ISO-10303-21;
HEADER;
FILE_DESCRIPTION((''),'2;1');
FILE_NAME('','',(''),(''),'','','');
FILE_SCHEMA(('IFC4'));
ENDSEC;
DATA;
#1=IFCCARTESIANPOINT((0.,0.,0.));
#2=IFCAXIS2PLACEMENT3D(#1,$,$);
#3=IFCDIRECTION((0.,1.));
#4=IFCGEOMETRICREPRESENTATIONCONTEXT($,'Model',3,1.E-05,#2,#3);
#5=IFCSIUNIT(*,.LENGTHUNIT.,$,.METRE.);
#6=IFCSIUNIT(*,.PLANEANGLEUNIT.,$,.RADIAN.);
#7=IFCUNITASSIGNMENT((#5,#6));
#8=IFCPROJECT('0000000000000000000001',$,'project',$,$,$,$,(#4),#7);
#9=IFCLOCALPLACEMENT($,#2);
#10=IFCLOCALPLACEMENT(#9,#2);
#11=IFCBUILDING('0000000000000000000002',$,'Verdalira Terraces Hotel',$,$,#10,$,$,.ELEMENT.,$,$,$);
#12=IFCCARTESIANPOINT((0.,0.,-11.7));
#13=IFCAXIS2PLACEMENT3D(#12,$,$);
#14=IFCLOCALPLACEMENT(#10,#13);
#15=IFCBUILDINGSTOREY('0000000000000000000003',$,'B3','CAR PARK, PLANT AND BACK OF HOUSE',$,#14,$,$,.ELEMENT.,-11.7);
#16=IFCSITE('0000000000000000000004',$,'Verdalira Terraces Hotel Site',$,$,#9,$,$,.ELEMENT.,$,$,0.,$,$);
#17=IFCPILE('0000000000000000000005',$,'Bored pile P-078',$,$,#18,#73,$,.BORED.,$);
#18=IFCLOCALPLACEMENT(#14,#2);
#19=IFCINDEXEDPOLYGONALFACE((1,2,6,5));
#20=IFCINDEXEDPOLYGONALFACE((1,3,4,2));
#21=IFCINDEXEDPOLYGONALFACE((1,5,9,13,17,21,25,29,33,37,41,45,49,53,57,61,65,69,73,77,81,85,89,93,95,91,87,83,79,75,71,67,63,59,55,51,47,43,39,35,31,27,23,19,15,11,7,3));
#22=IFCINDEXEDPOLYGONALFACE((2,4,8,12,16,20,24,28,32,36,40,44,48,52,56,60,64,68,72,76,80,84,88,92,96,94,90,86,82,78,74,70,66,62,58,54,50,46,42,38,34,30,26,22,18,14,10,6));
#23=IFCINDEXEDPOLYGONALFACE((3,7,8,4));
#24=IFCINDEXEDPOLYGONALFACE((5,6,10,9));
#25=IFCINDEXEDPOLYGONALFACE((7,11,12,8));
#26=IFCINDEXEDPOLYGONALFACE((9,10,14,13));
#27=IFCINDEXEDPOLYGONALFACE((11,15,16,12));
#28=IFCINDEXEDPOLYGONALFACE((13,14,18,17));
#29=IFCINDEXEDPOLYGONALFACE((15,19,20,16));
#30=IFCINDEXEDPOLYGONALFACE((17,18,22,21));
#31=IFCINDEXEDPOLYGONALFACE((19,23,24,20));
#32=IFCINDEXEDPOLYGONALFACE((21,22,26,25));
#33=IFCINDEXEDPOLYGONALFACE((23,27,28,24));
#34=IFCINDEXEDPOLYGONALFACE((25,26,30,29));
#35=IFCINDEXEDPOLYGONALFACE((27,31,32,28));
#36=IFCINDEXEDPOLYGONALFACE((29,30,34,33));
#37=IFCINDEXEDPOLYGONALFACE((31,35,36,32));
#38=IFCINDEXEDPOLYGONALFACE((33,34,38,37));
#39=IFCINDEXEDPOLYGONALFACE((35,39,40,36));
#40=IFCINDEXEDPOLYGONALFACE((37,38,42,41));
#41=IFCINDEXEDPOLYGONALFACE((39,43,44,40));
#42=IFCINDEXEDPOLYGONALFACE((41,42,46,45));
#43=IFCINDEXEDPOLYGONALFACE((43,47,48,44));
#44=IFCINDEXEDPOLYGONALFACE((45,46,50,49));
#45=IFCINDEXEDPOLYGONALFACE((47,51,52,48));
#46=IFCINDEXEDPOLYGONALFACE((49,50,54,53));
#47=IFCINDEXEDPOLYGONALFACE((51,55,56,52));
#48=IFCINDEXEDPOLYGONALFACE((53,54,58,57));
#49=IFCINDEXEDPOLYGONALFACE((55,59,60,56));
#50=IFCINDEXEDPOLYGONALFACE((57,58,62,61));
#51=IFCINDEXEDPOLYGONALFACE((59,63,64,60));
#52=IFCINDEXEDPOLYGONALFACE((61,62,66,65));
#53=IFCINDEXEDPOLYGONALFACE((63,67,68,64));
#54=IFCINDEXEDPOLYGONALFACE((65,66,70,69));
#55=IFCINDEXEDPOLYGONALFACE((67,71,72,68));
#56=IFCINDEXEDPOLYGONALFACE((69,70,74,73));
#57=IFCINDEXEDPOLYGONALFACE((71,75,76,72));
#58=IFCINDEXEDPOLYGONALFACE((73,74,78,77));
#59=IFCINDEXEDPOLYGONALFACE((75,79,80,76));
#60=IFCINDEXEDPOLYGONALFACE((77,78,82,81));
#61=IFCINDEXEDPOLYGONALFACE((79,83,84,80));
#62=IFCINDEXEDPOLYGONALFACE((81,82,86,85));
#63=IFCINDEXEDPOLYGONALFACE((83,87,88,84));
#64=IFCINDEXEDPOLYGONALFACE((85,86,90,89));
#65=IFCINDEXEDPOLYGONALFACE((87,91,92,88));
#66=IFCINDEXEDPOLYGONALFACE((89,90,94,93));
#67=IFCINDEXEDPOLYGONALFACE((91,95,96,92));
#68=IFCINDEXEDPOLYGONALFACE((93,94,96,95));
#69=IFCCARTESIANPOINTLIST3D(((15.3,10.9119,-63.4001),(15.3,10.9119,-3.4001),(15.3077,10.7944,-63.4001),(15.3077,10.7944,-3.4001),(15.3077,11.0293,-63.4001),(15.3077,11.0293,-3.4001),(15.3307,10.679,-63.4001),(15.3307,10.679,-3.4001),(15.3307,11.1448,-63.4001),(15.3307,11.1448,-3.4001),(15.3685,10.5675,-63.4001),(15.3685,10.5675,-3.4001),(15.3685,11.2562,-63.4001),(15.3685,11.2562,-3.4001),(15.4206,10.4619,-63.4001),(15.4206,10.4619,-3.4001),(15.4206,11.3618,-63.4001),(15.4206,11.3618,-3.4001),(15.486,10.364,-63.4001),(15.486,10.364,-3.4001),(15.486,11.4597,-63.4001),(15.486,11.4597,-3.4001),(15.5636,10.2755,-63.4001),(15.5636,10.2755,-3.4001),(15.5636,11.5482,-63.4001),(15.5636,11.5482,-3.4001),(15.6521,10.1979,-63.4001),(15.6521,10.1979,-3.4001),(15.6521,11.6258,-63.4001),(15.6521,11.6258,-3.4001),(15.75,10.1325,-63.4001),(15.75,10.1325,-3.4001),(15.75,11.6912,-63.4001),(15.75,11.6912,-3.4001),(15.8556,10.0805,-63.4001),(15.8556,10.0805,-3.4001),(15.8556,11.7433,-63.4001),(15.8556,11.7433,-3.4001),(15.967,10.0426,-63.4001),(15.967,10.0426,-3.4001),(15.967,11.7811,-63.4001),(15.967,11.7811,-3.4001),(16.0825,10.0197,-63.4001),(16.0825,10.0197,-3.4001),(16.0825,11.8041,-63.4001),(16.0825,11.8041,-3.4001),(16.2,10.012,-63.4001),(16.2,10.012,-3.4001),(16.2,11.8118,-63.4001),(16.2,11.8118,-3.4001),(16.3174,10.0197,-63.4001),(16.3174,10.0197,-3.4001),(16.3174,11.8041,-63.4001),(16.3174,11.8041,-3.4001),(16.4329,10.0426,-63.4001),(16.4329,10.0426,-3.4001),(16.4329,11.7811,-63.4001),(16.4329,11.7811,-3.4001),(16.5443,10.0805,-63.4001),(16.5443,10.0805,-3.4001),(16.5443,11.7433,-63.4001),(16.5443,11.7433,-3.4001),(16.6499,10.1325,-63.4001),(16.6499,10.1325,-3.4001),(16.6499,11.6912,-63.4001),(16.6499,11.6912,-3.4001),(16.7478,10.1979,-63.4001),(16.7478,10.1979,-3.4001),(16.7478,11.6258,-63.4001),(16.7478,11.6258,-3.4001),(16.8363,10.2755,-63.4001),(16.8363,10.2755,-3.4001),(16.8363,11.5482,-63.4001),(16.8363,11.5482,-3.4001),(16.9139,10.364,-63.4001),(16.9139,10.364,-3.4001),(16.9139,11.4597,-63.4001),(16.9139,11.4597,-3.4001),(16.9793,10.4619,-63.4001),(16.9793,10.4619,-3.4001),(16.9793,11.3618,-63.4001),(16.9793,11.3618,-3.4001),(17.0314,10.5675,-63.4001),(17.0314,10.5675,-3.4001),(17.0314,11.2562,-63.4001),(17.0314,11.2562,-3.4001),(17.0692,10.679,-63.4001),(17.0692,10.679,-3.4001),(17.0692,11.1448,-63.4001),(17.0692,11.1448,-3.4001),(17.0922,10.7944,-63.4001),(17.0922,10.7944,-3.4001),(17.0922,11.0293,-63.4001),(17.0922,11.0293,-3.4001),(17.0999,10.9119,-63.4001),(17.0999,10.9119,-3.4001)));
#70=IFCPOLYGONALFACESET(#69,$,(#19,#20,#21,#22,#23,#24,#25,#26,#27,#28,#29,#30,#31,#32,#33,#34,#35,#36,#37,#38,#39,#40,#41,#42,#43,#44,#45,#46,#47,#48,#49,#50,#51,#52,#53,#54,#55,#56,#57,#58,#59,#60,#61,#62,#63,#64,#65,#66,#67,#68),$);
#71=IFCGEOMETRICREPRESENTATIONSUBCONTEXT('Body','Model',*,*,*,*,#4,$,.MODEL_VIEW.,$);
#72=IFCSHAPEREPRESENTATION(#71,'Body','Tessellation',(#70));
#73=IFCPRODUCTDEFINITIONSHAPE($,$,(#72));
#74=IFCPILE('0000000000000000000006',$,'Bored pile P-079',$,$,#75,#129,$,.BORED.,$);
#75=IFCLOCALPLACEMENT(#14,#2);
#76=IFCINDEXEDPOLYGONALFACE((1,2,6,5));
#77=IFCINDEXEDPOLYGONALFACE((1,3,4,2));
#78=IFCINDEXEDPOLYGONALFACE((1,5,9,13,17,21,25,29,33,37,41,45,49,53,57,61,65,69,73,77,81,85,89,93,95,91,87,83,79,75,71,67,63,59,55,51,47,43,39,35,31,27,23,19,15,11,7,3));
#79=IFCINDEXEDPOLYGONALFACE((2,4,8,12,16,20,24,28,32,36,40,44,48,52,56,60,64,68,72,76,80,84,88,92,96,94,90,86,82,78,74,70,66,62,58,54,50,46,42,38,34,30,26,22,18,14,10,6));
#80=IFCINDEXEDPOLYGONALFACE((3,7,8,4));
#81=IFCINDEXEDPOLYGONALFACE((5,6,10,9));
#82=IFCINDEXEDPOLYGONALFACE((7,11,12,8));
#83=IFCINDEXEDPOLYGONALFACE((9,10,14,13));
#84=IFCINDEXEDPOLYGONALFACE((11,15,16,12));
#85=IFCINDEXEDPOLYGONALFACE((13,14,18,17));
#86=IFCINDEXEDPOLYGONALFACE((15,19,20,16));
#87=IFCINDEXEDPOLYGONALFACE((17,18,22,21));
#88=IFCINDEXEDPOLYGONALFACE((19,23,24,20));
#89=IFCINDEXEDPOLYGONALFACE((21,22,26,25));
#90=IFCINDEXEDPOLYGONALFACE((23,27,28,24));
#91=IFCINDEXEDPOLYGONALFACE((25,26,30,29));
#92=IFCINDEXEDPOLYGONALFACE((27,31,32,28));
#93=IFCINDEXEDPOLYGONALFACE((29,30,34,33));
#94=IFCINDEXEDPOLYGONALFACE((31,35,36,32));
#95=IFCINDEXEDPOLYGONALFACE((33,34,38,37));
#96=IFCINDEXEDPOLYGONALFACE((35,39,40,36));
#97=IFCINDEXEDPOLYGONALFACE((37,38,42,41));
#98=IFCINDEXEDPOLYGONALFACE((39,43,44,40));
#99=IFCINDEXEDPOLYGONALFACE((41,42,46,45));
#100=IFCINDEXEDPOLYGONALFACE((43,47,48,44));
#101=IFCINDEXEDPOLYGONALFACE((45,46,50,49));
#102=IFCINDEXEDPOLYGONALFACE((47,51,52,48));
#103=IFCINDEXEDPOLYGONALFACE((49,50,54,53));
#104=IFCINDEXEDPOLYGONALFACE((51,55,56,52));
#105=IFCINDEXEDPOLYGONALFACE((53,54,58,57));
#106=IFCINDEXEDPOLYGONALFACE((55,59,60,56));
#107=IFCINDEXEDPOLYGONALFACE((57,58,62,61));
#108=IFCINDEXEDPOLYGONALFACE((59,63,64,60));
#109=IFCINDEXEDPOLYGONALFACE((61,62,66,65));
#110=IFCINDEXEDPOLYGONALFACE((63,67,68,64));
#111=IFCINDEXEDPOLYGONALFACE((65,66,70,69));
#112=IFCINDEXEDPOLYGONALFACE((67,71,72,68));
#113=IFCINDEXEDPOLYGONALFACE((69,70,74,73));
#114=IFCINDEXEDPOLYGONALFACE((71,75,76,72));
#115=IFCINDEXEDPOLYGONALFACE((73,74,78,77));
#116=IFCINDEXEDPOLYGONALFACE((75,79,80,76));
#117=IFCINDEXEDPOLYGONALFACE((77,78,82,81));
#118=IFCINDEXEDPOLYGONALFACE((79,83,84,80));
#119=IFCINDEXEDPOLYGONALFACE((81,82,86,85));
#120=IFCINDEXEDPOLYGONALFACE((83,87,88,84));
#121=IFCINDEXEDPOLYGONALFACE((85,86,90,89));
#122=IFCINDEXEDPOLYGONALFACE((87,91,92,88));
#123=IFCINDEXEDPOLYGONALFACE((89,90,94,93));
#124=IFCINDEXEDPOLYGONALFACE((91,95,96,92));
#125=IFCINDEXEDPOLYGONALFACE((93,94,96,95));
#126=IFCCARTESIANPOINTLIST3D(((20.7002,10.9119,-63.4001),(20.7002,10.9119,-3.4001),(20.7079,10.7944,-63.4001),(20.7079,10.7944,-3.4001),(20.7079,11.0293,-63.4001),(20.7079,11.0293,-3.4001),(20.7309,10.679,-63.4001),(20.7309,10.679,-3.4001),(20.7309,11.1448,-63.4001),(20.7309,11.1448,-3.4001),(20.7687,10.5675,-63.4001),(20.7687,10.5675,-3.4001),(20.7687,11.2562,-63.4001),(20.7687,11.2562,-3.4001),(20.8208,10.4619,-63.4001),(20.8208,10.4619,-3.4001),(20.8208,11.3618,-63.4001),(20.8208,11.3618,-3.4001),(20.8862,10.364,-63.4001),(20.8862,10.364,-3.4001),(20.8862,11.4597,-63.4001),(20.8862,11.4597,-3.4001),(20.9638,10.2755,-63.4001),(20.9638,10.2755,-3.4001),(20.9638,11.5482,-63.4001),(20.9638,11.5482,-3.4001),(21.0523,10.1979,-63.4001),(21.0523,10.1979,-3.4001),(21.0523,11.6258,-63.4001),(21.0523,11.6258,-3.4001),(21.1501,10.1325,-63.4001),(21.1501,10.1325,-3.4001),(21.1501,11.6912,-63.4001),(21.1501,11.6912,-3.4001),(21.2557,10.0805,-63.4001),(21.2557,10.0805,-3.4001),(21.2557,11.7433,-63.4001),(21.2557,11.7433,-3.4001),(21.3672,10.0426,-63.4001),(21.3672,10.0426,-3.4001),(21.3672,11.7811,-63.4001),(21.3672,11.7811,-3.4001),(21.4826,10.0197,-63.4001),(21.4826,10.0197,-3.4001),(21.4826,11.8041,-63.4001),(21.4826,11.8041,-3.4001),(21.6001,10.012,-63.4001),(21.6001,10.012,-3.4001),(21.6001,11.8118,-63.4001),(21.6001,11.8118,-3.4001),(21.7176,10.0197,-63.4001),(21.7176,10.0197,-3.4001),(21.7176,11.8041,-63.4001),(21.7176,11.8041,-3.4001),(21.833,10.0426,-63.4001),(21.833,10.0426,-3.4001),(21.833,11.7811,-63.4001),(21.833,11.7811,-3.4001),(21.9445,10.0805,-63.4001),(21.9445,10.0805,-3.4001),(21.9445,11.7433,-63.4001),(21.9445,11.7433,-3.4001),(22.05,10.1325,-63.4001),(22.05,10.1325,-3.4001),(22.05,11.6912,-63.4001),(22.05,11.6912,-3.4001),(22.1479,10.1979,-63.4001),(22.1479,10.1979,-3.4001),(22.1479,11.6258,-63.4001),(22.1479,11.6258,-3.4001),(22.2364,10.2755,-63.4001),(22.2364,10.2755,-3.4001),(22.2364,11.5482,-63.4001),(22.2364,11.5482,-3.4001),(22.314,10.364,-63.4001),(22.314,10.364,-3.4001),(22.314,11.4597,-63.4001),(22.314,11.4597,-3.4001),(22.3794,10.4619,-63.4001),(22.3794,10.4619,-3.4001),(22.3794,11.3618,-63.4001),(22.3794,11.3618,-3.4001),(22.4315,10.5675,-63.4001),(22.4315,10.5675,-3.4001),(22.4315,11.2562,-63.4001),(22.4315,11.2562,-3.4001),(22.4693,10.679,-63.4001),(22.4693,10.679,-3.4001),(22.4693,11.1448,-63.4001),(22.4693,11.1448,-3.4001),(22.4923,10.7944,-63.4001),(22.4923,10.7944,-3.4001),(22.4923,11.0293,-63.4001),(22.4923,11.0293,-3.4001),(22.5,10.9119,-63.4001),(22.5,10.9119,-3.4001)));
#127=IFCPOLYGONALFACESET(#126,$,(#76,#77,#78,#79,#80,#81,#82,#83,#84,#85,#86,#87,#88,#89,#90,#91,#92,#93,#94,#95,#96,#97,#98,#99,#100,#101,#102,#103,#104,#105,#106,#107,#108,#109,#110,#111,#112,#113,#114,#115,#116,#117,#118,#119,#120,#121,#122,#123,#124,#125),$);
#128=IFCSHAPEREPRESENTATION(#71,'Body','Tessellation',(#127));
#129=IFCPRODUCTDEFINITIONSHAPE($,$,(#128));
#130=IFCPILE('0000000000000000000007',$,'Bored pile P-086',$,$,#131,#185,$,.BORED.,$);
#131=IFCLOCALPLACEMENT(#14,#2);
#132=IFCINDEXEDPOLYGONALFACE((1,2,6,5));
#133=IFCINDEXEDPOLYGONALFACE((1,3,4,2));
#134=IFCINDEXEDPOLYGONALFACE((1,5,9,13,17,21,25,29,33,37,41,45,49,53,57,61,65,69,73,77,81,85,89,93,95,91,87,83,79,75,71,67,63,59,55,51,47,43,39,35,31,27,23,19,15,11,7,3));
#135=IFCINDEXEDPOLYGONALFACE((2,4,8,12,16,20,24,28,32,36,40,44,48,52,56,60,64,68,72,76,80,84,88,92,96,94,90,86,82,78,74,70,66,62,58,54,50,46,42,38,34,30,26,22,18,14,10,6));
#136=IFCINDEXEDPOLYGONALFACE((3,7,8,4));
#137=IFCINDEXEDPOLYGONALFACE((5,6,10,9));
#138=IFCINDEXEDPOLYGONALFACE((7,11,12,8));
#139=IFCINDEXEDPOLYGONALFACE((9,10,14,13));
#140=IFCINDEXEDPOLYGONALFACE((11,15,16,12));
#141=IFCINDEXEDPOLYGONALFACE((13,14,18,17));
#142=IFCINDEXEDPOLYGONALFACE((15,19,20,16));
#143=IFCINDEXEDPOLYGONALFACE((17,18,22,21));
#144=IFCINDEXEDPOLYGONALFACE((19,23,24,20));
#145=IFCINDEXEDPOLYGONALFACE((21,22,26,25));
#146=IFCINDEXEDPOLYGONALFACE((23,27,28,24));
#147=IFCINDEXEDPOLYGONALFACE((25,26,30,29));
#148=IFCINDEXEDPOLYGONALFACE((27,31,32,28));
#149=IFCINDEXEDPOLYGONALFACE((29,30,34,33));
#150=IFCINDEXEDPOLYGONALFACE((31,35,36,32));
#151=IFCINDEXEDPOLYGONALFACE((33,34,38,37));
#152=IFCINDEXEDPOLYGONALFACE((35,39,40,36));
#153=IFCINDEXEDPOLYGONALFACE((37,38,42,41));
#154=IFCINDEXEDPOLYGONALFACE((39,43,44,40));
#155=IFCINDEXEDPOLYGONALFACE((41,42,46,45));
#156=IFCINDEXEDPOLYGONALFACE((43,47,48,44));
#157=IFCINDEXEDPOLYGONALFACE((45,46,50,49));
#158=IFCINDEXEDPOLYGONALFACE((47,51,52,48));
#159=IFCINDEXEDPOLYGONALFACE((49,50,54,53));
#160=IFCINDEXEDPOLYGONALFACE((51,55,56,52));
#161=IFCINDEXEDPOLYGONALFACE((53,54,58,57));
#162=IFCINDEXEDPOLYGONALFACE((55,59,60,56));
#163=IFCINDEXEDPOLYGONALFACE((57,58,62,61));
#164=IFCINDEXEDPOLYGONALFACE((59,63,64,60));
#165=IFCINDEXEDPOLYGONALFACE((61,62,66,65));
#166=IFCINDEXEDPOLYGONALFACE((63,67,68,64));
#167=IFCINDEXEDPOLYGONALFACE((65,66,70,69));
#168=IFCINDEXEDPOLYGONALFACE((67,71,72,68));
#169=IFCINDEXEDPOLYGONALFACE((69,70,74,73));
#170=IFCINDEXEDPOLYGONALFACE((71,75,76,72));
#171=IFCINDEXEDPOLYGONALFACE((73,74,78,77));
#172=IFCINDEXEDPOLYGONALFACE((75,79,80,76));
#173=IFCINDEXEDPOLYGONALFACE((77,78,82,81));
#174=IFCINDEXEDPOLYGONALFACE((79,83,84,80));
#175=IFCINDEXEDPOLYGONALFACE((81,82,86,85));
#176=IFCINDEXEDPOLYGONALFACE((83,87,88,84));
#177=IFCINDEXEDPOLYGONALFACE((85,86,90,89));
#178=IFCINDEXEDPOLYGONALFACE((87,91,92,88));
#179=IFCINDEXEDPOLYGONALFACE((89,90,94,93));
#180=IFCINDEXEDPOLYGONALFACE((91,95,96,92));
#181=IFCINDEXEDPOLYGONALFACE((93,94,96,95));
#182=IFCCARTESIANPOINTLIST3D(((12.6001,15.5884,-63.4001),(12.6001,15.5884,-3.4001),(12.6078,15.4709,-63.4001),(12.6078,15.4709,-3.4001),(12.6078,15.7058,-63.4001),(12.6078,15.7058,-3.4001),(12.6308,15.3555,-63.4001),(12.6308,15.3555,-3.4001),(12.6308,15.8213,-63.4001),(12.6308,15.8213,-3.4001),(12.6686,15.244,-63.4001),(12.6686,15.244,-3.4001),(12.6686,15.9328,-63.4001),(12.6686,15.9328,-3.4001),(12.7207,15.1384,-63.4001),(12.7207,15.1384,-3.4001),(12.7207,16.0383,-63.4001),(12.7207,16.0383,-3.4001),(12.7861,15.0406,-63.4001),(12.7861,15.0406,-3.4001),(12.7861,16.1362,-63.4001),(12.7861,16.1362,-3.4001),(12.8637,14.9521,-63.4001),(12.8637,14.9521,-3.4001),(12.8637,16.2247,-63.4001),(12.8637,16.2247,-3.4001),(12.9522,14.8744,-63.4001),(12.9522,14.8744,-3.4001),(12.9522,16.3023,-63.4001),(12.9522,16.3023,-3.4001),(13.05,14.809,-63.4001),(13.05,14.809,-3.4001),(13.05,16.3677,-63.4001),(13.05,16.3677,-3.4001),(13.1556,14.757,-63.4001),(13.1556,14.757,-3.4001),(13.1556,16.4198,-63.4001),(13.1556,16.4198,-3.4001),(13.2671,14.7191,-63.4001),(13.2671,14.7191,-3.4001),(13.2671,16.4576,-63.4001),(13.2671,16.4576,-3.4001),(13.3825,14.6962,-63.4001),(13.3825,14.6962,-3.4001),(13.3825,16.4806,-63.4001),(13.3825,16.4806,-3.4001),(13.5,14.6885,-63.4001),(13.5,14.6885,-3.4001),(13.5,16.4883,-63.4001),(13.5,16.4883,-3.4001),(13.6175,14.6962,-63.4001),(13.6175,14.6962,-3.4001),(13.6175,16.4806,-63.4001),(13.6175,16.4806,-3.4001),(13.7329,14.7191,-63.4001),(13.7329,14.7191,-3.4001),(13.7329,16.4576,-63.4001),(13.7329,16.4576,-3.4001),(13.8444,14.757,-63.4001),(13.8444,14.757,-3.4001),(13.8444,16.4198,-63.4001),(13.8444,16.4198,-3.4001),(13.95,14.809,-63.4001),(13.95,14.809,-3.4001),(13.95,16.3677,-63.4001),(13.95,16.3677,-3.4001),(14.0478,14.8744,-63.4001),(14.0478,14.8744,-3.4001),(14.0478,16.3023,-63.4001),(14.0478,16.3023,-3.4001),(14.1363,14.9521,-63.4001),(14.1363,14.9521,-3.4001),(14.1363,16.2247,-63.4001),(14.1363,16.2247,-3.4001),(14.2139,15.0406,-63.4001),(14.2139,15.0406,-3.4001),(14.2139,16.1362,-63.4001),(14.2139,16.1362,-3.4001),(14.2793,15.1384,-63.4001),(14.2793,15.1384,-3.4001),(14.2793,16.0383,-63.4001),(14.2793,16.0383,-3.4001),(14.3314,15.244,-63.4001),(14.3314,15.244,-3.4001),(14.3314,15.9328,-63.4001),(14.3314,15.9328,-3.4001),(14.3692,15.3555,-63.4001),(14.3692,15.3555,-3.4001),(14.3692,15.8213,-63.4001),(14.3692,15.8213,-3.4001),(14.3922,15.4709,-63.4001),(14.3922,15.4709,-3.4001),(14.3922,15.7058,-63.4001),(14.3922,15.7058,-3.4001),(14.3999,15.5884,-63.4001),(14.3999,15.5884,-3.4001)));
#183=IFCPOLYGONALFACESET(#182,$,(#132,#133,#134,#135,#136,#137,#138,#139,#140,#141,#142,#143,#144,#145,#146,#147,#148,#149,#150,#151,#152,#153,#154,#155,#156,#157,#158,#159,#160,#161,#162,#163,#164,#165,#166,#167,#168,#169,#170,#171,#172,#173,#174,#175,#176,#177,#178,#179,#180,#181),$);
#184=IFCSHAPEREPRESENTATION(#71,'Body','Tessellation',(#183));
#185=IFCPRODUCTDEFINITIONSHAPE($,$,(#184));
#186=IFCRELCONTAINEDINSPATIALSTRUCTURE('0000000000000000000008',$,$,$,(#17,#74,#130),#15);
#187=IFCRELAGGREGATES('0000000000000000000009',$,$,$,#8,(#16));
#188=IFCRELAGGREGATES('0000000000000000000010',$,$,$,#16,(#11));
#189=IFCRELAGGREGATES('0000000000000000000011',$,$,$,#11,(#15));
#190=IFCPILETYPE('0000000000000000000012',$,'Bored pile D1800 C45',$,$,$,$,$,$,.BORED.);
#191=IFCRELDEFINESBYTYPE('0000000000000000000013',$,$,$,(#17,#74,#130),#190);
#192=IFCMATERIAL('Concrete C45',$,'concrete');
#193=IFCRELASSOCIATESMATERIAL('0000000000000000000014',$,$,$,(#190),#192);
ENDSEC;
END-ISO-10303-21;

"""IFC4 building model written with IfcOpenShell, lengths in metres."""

from ifc_helpers import new_model, si_unit, direction, frame, origin, origin_2d, place, context, subcontext, project, spatial, circle, extrude, material, material_profile, profile_set, type_object, element, save


model = new_model("IFC4")

# Units and contexts
model_context = context("Model", 3, precision=1e-05, world=origin(), true_north=direction((0.0, 1.0)))
body_context = subcontext(model_context, "Body", "Model", "MODEL_VIEW")
ifc_project = project(units=[si_unit("LENGTHUNIT", "METRE"), si_unit("PLANEANGLEUNIT", "RADIAN")], contexts=[model_context])

# Site, building, storey
site_placement = place(None, origin())
site = spatial("IfcSite", under=ifc_project, at=site_placement, Name="Verdalira Terraces Hotel Site", CompositionType="ELEMENT", RefElevation=0.0)
building_placement = place(site_placement, origin())
building = spatial("IfcBuilding", under=site, at=building_placement, Name="Verdalira Terraces Hotel", CompositionType="ELEMENT")
storey_placement = place(building_placement, frame((0.0, 0.0, -11.7)))
storey = spatial("IfcBuildingStorey", under=building, at=storey_placement, Name="B3", Description="CAR PARK, PLANT AND BACK OF HOUSE", CompositionType="ELEMENT", Elevation=-11.7)

# Piles
ifc_material_1 = material(Name="Concrete C45", Category="concrete")
ifc_material_profile_1 = material_profile(ifc_material_1, circle(Radius=0.8999, at=origin_2d()), Name="D1800")
ifc_profile_set_1 = profile_set([ifc_material_profile_1], Name="Concrete C45")
pile_type = type_object("IfcPileType", Name="Bored pile D1800 C45", PredefinedType="BORED", material=ifc_profile_set_1)
for number, where, z_axis, x_axis, name in (
    (1, (16.2, 10.9119, -3.4001), (0.0, 0.0, -1.0), (1.0, 0.0, 0.0), "Bored pile P-078"),
    (2, (21.6001, 10.9119, -3.4001), (0.0, 0.0, -1.0), (1.0, 0.0, 0.0), "Bored pile P-079"),
    (3, (13.5, 15.5884, -3.4001), (0.0, 0.0, -1.0), (1.0, 0.0, 0.0), "Bored pile P-086"),
):
    element("IfcPile", number, at=place(storey_placement, frame(where, z_axis=z_axis, x_axis=x_axis)), inside=storey, type_object=pile_type, Name=name, PredefinedType="BORED", context=body_context, shape_type="SweptSolid", body=[
        extrude(circle(Radius=0.8999, at=origin_2d()), origin(), (0.0, 0.0, 1.0), 60.0),
    ])

save(model, "model.ifc")
